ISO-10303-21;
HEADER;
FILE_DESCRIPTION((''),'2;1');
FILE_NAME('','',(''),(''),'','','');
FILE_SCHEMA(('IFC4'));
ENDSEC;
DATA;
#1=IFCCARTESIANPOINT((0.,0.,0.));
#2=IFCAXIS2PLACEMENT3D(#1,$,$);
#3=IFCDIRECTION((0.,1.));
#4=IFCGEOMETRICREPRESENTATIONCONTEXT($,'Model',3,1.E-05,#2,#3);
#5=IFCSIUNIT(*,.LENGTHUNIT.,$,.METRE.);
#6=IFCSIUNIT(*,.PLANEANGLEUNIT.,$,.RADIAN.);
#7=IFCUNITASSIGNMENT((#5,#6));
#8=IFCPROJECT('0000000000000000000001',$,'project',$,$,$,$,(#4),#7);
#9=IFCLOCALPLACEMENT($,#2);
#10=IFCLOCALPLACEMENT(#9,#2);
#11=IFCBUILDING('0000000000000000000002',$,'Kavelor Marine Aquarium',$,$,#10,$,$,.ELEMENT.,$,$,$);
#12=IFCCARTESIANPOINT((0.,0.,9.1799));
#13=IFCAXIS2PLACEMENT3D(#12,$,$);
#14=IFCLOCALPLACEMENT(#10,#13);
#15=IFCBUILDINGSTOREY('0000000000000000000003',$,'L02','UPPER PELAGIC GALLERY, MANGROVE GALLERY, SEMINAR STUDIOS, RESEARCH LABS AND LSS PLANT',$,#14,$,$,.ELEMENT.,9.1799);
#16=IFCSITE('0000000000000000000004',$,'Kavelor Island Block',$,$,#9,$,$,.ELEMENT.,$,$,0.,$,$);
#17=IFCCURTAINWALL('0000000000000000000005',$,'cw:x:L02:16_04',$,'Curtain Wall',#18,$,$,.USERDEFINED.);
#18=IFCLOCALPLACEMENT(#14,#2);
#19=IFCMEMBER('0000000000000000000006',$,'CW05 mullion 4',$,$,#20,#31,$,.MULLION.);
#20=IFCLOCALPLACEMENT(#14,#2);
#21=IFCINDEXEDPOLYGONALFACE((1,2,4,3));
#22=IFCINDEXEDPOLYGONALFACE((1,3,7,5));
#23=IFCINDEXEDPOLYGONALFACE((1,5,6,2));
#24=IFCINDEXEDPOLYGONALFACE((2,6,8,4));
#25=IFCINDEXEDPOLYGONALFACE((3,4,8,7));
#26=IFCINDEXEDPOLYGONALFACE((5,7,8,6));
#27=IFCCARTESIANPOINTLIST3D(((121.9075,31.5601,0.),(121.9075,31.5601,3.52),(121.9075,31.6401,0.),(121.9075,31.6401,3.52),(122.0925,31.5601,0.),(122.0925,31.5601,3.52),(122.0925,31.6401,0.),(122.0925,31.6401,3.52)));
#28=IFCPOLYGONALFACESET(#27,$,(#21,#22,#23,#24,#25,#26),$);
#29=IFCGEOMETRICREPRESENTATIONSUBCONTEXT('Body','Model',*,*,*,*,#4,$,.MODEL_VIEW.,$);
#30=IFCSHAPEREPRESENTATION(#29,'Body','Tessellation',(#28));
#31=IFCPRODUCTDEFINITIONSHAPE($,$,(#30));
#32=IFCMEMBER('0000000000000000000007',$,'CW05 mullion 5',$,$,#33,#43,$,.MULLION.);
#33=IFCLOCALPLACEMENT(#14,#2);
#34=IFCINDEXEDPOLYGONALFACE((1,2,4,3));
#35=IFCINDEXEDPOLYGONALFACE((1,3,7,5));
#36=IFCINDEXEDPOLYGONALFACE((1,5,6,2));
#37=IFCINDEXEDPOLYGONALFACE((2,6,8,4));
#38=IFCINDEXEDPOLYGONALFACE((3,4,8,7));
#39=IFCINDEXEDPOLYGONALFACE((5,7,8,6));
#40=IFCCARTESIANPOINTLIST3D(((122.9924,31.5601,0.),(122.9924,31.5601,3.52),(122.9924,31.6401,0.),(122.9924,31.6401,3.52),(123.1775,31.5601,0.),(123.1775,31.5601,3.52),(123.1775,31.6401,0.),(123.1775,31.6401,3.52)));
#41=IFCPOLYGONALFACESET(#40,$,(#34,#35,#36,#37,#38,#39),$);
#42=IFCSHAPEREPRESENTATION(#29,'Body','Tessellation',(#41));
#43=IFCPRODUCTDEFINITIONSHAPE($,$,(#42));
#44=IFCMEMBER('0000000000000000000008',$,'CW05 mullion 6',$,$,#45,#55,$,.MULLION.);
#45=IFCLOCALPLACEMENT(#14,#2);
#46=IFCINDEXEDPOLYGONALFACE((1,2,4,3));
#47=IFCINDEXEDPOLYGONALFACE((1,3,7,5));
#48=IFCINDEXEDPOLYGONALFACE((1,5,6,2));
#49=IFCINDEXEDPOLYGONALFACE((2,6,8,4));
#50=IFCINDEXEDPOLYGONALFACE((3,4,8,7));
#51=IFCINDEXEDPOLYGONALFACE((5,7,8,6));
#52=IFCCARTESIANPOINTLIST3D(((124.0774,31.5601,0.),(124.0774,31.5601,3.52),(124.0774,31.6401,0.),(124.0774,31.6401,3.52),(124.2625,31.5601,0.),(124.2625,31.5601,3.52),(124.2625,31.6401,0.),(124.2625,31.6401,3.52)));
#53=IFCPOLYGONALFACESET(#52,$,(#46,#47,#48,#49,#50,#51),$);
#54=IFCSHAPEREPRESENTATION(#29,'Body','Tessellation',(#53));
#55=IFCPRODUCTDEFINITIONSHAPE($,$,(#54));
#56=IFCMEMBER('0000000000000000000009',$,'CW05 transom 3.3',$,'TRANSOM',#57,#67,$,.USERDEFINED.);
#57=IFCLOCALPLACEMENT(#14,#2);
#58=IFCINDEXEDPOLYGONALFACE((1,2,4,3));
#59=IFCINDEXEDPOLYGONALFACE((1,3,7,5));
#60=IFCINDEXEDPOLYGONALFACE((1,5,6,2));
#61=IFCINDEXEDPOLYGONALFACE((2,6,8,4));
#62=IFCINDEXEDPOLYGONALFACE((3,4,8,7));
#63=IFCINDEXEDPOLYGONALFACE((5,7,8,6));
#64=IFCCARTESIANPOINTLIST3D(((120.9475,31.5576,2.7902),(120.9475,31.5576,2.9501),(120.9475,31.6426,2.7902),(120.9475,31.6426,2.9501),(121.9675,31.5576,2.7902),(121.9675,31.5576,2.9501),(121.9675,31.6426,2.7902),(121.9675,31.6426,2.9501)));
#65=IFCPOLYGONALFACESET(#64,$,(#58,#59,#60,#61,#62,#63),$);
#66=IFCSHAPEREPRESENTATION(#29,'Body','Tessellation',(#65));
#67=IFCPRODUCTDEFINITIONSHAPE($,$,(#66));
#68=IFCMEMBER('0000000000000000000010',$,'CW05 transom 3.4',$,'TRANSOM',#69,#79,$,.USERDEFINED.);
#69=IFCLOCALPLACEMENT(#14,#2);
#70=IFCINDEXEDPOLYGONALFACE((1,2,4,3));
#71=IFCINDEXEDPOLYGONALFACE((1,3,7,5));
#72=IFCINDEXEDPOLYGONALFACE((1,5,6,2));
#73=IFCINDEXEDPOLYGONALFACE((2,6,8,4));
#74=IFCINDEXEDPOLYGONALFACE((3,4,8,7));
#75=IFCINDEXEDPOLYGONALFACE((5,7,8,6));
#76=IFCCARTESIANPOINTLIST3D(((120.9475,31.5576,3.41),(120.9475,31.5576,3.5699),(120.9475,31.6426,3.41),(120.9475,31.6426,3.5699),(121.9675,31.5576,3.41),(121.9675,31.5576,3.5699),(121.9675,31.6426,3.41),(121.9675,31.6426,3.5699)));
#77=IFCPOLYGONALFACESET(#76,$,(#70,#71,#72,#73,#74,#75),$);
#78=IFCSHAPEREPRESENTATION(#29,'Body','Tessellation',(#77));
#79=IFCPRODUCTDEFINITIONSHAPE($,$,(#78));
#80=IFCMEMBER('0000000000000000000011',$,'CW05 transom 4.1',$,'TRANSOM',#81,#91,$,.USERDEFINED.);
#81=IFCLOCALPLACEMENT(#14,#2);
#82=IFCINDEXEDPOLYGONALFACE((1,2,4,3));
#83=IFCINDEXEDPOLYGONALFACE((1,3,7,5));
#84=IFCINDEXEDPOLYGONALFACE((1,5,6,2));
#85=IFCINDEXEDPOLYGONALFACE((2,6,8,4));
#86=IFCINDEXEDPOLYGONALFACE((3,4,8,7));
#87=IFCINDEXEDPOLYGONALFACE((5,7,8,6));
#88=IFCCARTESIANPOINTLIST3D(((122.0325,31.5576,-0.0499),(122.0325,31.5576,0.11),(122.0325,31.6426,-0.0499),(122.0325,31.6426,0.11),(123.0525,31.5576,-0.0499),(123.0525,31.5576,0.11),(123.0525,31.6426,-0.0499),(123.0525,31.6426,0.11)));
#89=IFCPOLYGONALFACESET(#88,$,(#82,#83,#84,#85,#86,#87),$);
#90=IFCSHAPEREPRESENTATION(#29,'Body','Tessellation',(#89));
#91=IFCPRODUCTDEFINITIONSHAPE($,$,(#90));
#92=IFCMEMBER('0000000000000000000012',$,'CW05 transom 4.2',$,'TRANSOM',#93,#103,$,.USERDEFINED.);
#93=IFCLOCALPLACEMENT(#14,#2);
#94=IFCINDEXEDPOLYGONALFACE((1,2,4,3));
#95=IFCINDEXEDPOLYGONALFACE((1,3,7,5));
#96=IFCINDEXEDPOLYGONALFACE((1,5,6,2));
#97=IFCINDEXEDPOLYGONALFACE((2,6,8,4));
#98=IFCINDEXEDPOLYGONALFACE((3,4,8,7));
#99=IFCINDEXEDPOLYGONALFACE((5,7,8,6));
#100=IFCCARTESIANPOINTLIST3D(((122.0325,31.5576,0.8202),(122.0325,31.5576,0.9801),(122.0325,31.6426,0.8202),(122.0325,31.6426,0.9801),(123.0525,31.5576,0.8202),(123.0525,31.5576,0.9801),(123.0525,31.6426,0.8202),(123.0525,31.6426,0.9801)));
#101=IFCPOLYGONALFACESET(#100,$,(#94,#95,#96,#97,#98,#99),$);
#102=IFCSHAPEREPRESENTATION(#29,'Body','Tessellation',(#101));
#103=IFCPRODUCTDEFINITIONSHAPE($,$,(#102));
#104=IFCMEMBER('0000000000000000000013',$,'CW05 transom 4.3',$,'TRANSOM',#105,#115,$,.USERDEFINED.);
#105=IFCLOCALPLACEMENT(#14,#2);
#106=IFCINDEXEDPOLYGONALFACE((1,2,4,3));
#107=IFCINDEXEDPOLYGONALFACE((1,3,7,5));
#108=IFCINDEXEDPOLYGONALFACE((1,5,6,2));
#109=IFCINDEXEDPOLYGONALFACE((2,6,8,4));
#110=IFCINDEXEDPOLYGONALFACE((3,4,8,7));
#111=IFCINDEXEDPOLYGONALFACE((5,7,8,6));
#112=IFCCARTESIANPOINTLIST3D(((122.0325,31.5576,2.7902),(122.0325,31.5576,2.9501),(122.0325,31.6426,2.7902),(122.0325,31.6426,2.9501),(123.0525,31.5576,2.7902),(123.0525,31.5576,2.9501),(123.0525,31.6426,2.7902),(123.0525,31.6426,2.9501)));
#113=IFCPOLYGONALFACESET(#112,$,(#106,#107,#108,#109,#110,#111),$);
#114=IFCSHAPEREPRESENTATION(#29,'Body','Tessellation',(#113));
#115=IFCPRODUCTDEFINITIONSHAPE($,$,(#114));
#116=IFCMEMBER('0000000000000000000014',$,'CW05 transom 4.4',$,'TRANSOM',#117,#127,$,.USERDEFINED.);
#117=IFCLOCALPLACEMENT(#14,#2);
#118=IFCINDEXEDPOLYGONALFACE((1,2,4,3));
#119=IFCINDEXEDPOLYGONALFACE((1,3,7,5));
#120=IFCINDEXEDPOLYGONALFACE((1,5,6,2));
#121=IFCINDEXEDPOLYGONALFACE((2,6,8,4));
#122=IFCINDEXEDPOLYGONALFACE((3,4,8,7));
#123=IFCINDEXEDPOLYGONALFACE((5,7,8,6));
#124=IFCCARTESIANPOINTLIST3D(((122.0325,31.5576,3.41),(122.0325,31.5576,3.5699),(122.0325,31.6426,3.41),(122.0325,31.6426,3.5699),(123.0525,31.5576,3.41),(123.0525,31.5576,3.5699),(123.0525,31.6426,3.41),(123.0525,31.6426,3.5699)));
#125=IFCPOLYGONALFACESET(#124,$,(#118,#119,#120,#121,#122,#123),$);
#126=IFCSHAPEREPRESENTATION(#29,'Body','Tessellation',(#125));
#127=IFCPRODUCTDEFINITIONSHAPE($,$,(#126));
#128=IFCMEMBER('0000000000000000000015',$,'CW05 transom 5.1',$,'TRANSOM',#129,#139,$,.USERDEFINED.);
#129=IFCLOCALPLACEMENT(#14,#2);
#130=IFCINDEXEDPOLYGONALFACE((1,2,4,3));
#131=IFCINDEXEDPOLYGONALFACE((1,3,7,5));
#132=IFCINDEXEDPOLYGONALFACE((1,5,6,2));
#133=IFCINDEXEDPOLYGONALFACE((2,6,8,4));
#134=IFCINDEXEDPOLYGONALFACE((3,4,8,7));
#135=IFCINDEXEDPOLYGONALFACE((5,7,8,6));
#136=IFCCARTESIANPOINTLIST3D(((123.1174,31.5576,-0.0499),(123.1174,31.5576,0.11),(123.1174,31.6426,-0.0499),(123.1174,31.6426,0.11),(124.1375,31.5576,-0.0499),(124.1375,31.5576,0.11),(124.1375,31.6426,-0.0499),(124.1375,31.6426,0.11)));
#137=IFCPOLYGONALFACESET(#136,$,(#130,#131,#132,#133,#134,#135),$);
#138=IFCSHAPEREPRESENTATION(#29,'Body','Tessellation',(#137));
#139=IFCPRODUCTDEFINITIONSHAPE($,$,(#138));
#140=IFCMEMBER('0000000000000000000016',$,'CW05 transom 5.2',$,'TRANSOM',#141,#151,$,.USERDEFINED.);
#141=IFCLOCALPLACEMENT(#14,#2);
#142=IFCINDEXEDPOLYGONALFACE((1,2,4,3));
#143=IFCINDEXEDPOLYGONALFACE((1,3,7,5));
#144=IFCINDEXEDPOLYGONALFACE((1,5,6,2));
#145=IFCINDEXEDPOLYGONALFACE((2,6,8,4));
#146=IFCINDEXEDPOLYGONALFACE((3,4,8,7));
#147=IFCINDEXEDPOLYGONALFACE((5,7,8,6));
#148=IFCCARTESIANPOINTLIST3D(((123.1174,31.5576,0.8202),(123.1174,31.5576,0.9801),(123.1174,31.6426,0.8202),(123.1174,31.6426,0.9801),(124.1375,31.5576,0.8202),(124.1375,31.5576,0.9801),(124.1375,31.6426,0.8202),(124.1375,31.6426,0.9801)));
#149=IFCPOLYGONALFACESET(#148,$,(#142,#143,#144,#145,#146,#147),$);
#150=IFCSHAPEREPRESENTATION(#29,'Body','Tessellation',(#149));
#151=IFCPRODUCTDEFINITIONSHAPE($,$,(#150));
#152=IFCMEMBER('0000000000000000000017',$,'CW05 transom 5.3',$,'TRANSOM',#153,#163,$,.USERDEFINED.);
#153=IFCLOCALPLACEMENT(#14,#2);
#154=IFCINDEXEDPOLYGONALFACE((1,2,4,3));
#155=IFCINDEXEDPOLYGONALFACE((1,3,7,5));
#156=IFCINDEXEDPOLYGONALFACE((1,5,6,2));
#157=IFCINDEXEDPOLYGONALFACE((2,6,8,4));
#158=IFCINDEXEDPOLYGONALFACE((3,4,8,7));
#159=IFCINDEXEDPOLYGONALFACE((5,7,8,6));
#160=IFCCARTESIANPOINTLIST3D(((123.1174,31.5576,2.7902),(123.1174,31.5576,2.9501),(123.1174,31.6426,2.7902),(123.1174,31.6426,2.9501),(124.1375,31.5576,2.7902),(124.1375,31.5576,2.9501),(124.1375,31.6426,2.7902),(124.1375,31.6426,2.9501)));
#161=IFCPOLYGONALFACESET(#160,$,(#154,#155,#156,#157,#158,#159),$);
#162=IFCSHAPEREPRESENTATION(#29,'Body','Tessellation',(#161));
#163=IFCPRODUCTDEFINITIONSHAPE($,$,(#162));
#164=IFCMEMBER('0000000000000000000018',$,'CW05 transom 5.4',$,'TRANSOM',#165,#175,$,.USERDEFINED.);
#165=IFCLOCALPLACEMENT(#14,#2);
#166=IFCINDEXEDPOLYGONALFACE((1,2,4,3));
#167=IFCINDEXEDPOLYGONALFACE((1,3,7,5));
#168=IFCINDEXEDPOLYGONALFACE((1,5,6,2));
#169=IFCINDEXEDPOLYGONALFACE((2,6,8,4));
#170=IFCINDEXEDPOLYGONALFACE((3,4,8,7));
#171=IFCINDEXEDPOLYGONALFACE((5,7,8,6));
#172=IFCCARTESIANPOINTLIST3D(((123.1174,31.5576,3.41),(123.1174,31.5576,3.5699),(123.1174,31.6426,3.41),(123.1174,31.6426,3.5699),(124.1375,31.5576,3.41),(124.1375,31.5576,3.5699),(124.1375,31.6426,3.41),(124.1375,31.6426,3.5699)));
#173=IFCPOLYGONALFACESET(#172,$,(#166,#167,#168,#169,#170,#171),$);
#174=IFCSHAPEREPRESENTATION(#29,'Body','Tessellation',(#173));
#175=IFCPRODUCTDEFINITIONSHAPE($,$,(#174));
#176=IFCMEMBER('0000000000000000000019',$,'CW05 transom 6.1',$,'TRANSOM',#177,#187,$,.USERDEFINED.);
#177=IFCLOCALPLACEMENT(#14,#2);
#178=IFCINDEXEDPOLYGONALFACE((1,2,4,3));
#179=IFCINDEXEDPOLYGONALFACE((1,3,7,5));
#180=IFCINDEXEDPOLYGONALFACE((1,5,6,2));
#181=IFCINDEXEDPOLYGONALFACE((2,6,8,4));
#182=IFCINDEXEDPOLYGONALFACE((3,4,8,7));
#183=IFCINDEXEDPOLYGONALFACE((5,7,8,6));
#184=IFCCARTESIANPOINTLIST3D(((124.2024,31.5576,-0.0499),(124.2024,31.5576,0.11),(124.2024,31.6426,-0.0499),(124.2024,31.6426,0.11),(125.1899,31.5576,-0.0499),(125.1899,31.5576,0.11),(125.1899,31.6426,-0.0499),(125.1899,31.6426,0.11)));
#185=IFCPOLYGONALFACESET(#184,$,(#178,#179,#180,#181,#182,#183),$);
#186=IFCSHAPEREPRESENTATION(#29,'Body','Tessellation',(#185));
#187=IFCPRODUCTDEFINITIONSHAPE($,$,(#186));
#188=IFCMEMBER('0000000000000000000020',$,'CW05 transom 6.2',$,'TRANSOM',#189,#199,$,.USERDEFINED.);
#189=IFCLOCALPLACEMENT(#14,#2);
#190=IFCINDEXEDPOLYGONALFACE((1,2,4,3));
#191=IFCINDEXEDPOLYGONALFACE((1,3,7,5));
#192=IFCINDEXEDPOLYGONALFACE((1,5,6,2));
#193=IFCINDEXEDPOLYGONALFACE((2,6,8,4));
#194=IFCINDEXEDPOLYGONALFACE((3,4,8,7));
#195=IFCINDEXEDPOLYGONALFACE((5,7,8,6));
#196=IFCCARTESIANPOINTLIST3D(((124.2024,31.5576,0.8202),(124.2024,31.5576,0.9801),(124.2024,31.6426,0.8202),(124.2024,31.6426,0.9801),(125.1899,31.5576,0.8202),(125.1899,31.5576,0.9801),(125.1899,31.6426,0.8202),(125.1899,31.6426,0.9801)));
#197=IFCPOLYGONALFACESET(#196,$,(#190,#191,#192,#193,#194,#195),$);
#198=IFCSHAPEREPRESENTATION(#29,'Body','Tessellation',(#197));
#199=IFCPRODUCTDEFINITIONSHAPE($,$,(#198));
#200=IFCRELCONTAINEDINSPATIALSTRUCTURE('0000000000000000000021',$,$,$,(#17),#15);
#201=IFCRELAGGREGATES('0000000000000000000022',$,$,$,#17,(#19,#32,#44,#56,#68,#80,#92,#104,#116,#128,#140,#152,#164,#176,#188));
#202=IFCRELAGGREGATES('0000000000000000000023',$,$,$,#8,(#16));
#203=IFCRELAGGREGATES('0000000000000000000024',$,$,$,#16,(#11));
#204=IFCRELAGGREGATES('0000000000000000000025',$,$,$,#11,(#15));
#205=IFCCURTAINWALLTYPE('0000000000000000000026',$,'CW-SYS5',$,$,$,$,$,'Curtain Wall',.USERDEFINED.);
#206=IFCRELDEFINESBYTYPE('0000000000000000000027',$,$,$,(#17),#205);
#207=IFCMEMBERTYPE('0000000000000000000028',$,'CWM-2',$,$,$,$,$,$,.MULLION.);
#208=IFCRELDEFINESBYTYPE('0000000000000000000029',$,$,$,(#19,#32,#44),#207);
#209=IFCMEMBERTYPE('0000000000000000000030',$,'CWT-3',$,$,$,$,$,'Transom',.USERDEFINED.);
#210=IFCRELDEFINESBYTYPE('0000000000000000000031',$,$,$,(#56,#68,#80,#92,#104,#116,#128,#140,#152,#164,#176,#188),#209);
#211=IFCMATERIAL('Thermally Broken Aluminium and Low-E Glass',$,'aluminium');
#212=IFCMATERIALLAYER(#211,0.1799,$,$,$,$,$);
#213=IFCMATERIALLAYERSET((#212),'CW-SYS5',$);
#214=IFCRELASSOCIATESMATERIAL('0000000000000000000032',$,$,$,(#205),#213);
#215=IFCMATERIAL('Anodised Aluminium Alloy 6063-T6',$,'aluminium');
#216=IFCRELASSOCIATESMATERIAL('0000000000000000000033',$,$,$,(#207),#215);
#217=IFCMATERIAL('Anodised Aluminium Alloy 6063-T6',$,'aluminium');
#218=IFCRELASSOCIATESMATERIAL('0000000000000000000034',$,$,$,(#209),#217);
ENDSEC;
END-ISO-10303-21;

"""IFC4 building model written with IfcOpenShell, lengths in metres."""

from ifc_helpers import new_model, si_unit, direction, frame, origin, origin_2d, place, context, subcontext, project, spatial, rectangle, extrude, material, layer, layer_set, material_profile, profile_set, type_object, element, aggregate, save


model = new_model("IFC4")

# Units and contexts
model_context = context("Model", 3, precision=1e-05, world=origin(), true_north=direction((0.0, 1.0)))
body_context = subcontext(model_context, "Body", "Model", "MODEL_VIEW")
ifc_project = project(units=[si_unit("LENGTHUNIT", "METRE"), si_unit("PLANEANGLEUNIT", "RADIAN")], contexts=[model_context])

# Site, building, storey
site_placement = place(None, origin())
site = spatial("IfcSite", under=ifc_project, at=site_placement, Name="Kavelor Island Block", CompositionType="ELEMENT", RefElevation=0.0)
building_placement = place(site_placement, origin())
building = spatial("IfcBuilding", under=site, at=building_placement, Name="Kavelor Marine Aquarium", CompositionType="ELEMENT")
storey_placement = place(building_placement, frame((0.0, 0.0, 9.1799)))
storey = spatial("IfcBuildingStorey", under=building, at=storey_placement, Name="L02", Description="UPPER PELAGIC GALLERY, MANGROVE GALLERY, SEMINAR STUDIOS, RESEARCH LABS AND LSS PLANT", CompositionType="ELEMENT", Elevation=9.1799)

# Curtain wall, members
ifc_material_1 = material(Name="Thermally Broken Aluminium and Low-E Glass", Category="aluminium")
ifc_layer_1 = layer(ifc_material_1, 0.1799)
ifc_layer_set_1 = layer_set([ifc_layer_1], Name="CW-SYS5")
curtain_wall_type = type_object("IfcCurtainWallType", Name="CW-SYS5", ElementType="Curtain Wall", PredefinedType="USERDEFINED", material=ifc_layer_set_1)
curtain_wall_placement = place(storey_placement, origin())
curtain_wall = element("IfcCurtainWall", 1, at=curtain_wall_placement, inside=storey, type_object=curtain_wall_type, Name="cw:x:L02:16_04", ObjectType="Curtain Wall", PredefinedType="USERDEFINED")
ifc_material_2 = material(Name="Anodised Aluminium Alloy 6063-T6", Category="aluminium")
ifc_material_profile_1 = material_profile(ifc_material_2, rectangle(XDim=0.0801, YDim=0.1851, at=origin_2d()), Name="CW-MUL 80x185")
ifc_profile_set_1 = profile_set([ifc_material_profile_1], Name="Anodised Aluminium Alloy 6063-T6")
member_type_1 = type_object("IfcMemberType", Name="CWM-2", PredefinedType="MULLION", material=ifc_profile_set_1)
member_1_placement = place(storey_placement, frame((122.0, 31.6001, 0.0), z_axis=(0.0, 0.0, 1.0), x_axis=(0.0, 1.0, 0.0)))
member_1 = element("IfcMember", 2, at=member_1_placement, type_object=member_type_1, Name="CW05 mullion 4", PredefinedType="MULLION", context=body_context, shape_type="SweptSolid", body=[
    extrude(rectangle(XDim=0.0801, YDim=0.1851, at=origin_2d()), origin(), (0.0, 0.0, 1.0), 3.52),
])
member_2_placement = place(storey_placement, frame((123.085, 31.6001, 0.0), z_axis=(0.0, 0.0, 1.0), x_axis=(0.0, 1.0, 0.0)))
member_2 = element("IfcMember", 3, at=member_2_placement, type_object=member_type_1, Name="CW05 mullion 5", PredefinedType="MULLION", context=body_context, shape_type="SweptSolid", body=[
    extrude(rectangle(XDim=0.0801, YDim=0.1851, at=origin_2d()), origin(), (0.0, 0.0, 1.0), 3.52),
])
member_3_placement = place(storey_placement, frame((124.1699, 31.6001, 0.0), z_axis=(0.0, 0.0, 1.0), x_axis=(0.0, 1.0, 0.0)))
member_3 = element("IfcMember", 4, at=member_3_placement, type_object=member_type_1, Name="CW05 mullion 6", PredefinedType="MULLION", context=body_context, shape_type="SweptSolid", body=[
    extrude(rectangle(XDim=0.0801, YDim=0.1851, at=origin_2d()), origin(), (0.0, 0.0, 1.0), 3.52),
])
ifc_material_3 = material(Name="Anodised Aluminium Alloy 6063-T6", Category="aluminium")
ifc_material_profile_2 = material_profile(ifc_material_3, rectangle(XDim=0.085, YDim=0.1599, at=origin_2d()), Name="CW-TRN 85x160")
ifc_profile_set_2 = profile_set([ifc_material_profile_2], Name="Anodised Aluminium Alloy 6063-T6")
member_type_2 = type_object("IfcMemberType", Name="CWT-3", ElementType="Transom", PredefinedType="USERDEFINED", material=ifc_profile_set_2)
member_4_placement = place(storey_placement, frame((120.9475, 31.6001, 2.8701), z_axis=(1.0, 0.0, 0.0), x_axis=(0.0, 1.0, 0.0)))
member_4 = element("IfcMember", 5, at=member_4_placement, type_object=member_type_2, Name="CW05 transom 3.3", ObjectType="TRANSOM", PredefinedType="USERDEFINED", context=body_context, shape_type="SweptSolid", body=[
    extrude(rectangle(XDim=0.085, YDim=0.1599, at=origin_2d()), origin(), (0.0, 0.0, 1.0), 1.02),
])
member_5_placement = place(storey_placement, frame((120.9475, 31.6001, 3.49), z_axis=(1.0, 0.0, 0.0), x_axis=(0.0, 1.0, 0.0)))
member_5 = element("IfcMember", 6, at=member_5_placement, type_object=member_type_2, Name="CW05 transom 3.4", ObjectType="TRANSOM", PredefinedType="USERDEFINED", context=body_context, shape_type="SweptSolid", body=[
    extrude(rectangle(XDim=0.085, YDim=0.1599, at=origin_2d()), origin(), (0.0, 0.0, 1.0), 1.02),
])
member_6_placement = place(storey_placement, frame((122.0325, 31.6001, 0.03), z_axis=(1.0, 0.0, 0.0), x_axis=(0.0, 1.0, 0.0)))
member_6 = element("IfcMember", 7, at=member_6_placement, type_object=member_type_2, Name="CW05 transom 4.1", ObjectType="TRANSOM", PredefinedType="USERDEFINED", context=body_context, shape_type="SweptSolid", body=[
    extrude(rectangle(XDim=0.085, YDim=0.1599, at=origin_2d()), origin(), (0.0, 0.0, 1.0), 1.02),
])
member_7_placement = place(storey_placement, frame((122.0325, 31.6001, 0.9001), z_axis=(1.0, 0.0, 0.0), x_axis=(0.0, 1.0, 0.0)))
member_7 = element("IfcMember", 8, at=member_7_placement, type_object=member_type_2, Name="CW05 transom 4.2", ObjectType="TRANSOM", PredefinedType="USERDEFINED", context=body_context, shape_type="SweptSolid", body=[
    extrude(rectangle(XDim=0.085, YDim=0.1599, at=origin_2d()), origin(), (0.0, 0.0, 1.0), 1.02),
])
member_8_placement = place(storey_placement, frame((122.0325, 31.6001, 2.8701), z_axis=(1.0, 0.0, 0.0), x_axis=(0.0, 1.0, 0.0)))
member_8 = element("IfcMember", 9, at=member_8_placement, type_object=member_type_2, Name="CW05 transom 4.3", ObjectType="TRANSOM", PredefinedType="USERDEFINED", context=body_context, shape_type="SweptSolid", body=[
    extrude(rectangle(XDim=0.085, YDim=0.1599, at=origin_2d()), origin(), (0.0, 0.0, 1.0), 1.02),
])
member_9_placement = place(storey_placement, frame((122.0325, 31.6001, 3.49), z_axis=(1.0, 0.0, 0.0), x_axis=(0.0, 1.0, 0.0)))
member_9 = element("IfcMember", 10, at=member_9_placement, type_object=member_type_2, Name="CW05 transom 4.4", ObjectType="TRANSOM", PredefinedType="USERDEFINED", context=body_context, shape_type="SweptSolid", body=[
    extrude(rectangle(XDim=0.085, YDim=0.1599, at=origin_2d()), origin(), (0.0, 0.0, 1.0), 1.02),
])
member_10_placement = place(storey_placement, frame((123.1174, 31.6001, 0.03), z_axis=(1.0, 0.0, 0.0), x_axis=(0.0, 1.0, 0.0)))
member_10 = element("IfcMember", 11, at=member_10_placement, type_object=member_type_2, Name="CW05 transom 5.1", ObjectType="TRANSOM", PredefinedType="USERDEFINED", context=body_context, shape_type="SweptSolid", body=[
    extrude(rectangle(XDim=0.085, YDim=0.1599, at=origin_2d()), origin(), (0.0, 0.0, 1.0), 1.02),
])
member_11_placement = place(storey_placement, frame((123.1174, 31.6001, 0.9001), z_axis=(1.0, 0.0, 0.0), x_axis=(0.0, 1.0, 0.0)))
member_11 = element("IfcMember", 12, at=member_11_placement, type_object=member_type_2, Name="CW05 transom 5.2", ObjectType="TRANSOM", PredefinedType="USERDEFINED", context=body_context, shape_type="SweptSolid", body=[
    extrude(rectangle(XDim=0.085, YDim=0.1599, at=origin_2d()), origin(), (0.0, 0.0, 1.0), 1.02),
])
member_12_placement = place(storey_placement, frame((123.1174, 31.6001, 2.8701), z_axis=(1.0, 0.0, 0.0), x_axis=(0.0, 1.0, 0.0)))
member_12 = element("IfcMember", 13, at=member_12_placement, type_object=member_type_2, Name="CW05 transom 5.3", ObjectType="TRANSOM", PredefinedType="USERDEFINED", context=body_context, shape_type="SweptSolid", body=[
    extrude(rectangle(XDim=0.085, YDim=0.1599, at=origin_2d()), origin(), (0.0, 0.0, 1.0), 1.02),
])
member_13_placement = place(storey_placement, frame((123.1174, 31.6001, 3.49), z_axis=(1.0, 0.0, 0.0), x_axis=(0.0, 1.0, 0.0)))
member_13 = element("IfcMember", 14, at=member_13_placement, type_object=member_type_2, Name="CW05 transom 5.4", ObjectType="TRANSOM", PredefinedType="USERDEFINED", context=body_context, shape_type="SweptSolid", body=[
    extrude(rectangle(XDim=0.085, YDim=0.1599, at=origin_2d()), origin(), (0.0, 0.0, 1.0), 1.02),
])
member_14_placement = place(storey_placement, frame((124.2024, 31.6001, 0.03), z_axis=(1.0, 0.0, 0.0), x_axis=(0.0, 1.0, 0.0)))
member_14 = element("IfcMember", 15, at=member_14_placement, type_object=member_type_2, Name="CW05 transom 6.1", ObjectType="TRANSOM", PredefinedType="USERDEFINED", context=body_context, shape_type="SweptSolid", body=[
    extrude(rectangle(XDim=0.085, YDim=0.1599, at=origin_2d()), origin(), (0.0, 0.0, 1.0), 0.9875),
])
member_15_placement = place(storey_placement, frame((124.2024, 31.6001, 0.9001), z_axis=(1.0, 0.0, 0.0), x_axis=(0.0, 1.0, 0.0)))
member_15 = element("IfcMember", 16, at=member_15_placement, type_object=member_type_2, Name="CW05 transom 6.2", ObjectType="TRANSOM", PredefinedType="USERDEFINED", context=body_context, shape_type="SweptSolid", body=[
    extrude(rectangle(XDim=0.085, YDim=0.1599, at=origin_2d()), origin(), (0.0, 0.0, 1.0), 0.9875),
])
aggregate(curtain_wall, [member_1, member_2, member_3, member_4, member_5, member_6, member_7, member_8, member_9, member_10, member_11, member_12, member_13, member_14, member_15])

save(model, "model.ifc")
